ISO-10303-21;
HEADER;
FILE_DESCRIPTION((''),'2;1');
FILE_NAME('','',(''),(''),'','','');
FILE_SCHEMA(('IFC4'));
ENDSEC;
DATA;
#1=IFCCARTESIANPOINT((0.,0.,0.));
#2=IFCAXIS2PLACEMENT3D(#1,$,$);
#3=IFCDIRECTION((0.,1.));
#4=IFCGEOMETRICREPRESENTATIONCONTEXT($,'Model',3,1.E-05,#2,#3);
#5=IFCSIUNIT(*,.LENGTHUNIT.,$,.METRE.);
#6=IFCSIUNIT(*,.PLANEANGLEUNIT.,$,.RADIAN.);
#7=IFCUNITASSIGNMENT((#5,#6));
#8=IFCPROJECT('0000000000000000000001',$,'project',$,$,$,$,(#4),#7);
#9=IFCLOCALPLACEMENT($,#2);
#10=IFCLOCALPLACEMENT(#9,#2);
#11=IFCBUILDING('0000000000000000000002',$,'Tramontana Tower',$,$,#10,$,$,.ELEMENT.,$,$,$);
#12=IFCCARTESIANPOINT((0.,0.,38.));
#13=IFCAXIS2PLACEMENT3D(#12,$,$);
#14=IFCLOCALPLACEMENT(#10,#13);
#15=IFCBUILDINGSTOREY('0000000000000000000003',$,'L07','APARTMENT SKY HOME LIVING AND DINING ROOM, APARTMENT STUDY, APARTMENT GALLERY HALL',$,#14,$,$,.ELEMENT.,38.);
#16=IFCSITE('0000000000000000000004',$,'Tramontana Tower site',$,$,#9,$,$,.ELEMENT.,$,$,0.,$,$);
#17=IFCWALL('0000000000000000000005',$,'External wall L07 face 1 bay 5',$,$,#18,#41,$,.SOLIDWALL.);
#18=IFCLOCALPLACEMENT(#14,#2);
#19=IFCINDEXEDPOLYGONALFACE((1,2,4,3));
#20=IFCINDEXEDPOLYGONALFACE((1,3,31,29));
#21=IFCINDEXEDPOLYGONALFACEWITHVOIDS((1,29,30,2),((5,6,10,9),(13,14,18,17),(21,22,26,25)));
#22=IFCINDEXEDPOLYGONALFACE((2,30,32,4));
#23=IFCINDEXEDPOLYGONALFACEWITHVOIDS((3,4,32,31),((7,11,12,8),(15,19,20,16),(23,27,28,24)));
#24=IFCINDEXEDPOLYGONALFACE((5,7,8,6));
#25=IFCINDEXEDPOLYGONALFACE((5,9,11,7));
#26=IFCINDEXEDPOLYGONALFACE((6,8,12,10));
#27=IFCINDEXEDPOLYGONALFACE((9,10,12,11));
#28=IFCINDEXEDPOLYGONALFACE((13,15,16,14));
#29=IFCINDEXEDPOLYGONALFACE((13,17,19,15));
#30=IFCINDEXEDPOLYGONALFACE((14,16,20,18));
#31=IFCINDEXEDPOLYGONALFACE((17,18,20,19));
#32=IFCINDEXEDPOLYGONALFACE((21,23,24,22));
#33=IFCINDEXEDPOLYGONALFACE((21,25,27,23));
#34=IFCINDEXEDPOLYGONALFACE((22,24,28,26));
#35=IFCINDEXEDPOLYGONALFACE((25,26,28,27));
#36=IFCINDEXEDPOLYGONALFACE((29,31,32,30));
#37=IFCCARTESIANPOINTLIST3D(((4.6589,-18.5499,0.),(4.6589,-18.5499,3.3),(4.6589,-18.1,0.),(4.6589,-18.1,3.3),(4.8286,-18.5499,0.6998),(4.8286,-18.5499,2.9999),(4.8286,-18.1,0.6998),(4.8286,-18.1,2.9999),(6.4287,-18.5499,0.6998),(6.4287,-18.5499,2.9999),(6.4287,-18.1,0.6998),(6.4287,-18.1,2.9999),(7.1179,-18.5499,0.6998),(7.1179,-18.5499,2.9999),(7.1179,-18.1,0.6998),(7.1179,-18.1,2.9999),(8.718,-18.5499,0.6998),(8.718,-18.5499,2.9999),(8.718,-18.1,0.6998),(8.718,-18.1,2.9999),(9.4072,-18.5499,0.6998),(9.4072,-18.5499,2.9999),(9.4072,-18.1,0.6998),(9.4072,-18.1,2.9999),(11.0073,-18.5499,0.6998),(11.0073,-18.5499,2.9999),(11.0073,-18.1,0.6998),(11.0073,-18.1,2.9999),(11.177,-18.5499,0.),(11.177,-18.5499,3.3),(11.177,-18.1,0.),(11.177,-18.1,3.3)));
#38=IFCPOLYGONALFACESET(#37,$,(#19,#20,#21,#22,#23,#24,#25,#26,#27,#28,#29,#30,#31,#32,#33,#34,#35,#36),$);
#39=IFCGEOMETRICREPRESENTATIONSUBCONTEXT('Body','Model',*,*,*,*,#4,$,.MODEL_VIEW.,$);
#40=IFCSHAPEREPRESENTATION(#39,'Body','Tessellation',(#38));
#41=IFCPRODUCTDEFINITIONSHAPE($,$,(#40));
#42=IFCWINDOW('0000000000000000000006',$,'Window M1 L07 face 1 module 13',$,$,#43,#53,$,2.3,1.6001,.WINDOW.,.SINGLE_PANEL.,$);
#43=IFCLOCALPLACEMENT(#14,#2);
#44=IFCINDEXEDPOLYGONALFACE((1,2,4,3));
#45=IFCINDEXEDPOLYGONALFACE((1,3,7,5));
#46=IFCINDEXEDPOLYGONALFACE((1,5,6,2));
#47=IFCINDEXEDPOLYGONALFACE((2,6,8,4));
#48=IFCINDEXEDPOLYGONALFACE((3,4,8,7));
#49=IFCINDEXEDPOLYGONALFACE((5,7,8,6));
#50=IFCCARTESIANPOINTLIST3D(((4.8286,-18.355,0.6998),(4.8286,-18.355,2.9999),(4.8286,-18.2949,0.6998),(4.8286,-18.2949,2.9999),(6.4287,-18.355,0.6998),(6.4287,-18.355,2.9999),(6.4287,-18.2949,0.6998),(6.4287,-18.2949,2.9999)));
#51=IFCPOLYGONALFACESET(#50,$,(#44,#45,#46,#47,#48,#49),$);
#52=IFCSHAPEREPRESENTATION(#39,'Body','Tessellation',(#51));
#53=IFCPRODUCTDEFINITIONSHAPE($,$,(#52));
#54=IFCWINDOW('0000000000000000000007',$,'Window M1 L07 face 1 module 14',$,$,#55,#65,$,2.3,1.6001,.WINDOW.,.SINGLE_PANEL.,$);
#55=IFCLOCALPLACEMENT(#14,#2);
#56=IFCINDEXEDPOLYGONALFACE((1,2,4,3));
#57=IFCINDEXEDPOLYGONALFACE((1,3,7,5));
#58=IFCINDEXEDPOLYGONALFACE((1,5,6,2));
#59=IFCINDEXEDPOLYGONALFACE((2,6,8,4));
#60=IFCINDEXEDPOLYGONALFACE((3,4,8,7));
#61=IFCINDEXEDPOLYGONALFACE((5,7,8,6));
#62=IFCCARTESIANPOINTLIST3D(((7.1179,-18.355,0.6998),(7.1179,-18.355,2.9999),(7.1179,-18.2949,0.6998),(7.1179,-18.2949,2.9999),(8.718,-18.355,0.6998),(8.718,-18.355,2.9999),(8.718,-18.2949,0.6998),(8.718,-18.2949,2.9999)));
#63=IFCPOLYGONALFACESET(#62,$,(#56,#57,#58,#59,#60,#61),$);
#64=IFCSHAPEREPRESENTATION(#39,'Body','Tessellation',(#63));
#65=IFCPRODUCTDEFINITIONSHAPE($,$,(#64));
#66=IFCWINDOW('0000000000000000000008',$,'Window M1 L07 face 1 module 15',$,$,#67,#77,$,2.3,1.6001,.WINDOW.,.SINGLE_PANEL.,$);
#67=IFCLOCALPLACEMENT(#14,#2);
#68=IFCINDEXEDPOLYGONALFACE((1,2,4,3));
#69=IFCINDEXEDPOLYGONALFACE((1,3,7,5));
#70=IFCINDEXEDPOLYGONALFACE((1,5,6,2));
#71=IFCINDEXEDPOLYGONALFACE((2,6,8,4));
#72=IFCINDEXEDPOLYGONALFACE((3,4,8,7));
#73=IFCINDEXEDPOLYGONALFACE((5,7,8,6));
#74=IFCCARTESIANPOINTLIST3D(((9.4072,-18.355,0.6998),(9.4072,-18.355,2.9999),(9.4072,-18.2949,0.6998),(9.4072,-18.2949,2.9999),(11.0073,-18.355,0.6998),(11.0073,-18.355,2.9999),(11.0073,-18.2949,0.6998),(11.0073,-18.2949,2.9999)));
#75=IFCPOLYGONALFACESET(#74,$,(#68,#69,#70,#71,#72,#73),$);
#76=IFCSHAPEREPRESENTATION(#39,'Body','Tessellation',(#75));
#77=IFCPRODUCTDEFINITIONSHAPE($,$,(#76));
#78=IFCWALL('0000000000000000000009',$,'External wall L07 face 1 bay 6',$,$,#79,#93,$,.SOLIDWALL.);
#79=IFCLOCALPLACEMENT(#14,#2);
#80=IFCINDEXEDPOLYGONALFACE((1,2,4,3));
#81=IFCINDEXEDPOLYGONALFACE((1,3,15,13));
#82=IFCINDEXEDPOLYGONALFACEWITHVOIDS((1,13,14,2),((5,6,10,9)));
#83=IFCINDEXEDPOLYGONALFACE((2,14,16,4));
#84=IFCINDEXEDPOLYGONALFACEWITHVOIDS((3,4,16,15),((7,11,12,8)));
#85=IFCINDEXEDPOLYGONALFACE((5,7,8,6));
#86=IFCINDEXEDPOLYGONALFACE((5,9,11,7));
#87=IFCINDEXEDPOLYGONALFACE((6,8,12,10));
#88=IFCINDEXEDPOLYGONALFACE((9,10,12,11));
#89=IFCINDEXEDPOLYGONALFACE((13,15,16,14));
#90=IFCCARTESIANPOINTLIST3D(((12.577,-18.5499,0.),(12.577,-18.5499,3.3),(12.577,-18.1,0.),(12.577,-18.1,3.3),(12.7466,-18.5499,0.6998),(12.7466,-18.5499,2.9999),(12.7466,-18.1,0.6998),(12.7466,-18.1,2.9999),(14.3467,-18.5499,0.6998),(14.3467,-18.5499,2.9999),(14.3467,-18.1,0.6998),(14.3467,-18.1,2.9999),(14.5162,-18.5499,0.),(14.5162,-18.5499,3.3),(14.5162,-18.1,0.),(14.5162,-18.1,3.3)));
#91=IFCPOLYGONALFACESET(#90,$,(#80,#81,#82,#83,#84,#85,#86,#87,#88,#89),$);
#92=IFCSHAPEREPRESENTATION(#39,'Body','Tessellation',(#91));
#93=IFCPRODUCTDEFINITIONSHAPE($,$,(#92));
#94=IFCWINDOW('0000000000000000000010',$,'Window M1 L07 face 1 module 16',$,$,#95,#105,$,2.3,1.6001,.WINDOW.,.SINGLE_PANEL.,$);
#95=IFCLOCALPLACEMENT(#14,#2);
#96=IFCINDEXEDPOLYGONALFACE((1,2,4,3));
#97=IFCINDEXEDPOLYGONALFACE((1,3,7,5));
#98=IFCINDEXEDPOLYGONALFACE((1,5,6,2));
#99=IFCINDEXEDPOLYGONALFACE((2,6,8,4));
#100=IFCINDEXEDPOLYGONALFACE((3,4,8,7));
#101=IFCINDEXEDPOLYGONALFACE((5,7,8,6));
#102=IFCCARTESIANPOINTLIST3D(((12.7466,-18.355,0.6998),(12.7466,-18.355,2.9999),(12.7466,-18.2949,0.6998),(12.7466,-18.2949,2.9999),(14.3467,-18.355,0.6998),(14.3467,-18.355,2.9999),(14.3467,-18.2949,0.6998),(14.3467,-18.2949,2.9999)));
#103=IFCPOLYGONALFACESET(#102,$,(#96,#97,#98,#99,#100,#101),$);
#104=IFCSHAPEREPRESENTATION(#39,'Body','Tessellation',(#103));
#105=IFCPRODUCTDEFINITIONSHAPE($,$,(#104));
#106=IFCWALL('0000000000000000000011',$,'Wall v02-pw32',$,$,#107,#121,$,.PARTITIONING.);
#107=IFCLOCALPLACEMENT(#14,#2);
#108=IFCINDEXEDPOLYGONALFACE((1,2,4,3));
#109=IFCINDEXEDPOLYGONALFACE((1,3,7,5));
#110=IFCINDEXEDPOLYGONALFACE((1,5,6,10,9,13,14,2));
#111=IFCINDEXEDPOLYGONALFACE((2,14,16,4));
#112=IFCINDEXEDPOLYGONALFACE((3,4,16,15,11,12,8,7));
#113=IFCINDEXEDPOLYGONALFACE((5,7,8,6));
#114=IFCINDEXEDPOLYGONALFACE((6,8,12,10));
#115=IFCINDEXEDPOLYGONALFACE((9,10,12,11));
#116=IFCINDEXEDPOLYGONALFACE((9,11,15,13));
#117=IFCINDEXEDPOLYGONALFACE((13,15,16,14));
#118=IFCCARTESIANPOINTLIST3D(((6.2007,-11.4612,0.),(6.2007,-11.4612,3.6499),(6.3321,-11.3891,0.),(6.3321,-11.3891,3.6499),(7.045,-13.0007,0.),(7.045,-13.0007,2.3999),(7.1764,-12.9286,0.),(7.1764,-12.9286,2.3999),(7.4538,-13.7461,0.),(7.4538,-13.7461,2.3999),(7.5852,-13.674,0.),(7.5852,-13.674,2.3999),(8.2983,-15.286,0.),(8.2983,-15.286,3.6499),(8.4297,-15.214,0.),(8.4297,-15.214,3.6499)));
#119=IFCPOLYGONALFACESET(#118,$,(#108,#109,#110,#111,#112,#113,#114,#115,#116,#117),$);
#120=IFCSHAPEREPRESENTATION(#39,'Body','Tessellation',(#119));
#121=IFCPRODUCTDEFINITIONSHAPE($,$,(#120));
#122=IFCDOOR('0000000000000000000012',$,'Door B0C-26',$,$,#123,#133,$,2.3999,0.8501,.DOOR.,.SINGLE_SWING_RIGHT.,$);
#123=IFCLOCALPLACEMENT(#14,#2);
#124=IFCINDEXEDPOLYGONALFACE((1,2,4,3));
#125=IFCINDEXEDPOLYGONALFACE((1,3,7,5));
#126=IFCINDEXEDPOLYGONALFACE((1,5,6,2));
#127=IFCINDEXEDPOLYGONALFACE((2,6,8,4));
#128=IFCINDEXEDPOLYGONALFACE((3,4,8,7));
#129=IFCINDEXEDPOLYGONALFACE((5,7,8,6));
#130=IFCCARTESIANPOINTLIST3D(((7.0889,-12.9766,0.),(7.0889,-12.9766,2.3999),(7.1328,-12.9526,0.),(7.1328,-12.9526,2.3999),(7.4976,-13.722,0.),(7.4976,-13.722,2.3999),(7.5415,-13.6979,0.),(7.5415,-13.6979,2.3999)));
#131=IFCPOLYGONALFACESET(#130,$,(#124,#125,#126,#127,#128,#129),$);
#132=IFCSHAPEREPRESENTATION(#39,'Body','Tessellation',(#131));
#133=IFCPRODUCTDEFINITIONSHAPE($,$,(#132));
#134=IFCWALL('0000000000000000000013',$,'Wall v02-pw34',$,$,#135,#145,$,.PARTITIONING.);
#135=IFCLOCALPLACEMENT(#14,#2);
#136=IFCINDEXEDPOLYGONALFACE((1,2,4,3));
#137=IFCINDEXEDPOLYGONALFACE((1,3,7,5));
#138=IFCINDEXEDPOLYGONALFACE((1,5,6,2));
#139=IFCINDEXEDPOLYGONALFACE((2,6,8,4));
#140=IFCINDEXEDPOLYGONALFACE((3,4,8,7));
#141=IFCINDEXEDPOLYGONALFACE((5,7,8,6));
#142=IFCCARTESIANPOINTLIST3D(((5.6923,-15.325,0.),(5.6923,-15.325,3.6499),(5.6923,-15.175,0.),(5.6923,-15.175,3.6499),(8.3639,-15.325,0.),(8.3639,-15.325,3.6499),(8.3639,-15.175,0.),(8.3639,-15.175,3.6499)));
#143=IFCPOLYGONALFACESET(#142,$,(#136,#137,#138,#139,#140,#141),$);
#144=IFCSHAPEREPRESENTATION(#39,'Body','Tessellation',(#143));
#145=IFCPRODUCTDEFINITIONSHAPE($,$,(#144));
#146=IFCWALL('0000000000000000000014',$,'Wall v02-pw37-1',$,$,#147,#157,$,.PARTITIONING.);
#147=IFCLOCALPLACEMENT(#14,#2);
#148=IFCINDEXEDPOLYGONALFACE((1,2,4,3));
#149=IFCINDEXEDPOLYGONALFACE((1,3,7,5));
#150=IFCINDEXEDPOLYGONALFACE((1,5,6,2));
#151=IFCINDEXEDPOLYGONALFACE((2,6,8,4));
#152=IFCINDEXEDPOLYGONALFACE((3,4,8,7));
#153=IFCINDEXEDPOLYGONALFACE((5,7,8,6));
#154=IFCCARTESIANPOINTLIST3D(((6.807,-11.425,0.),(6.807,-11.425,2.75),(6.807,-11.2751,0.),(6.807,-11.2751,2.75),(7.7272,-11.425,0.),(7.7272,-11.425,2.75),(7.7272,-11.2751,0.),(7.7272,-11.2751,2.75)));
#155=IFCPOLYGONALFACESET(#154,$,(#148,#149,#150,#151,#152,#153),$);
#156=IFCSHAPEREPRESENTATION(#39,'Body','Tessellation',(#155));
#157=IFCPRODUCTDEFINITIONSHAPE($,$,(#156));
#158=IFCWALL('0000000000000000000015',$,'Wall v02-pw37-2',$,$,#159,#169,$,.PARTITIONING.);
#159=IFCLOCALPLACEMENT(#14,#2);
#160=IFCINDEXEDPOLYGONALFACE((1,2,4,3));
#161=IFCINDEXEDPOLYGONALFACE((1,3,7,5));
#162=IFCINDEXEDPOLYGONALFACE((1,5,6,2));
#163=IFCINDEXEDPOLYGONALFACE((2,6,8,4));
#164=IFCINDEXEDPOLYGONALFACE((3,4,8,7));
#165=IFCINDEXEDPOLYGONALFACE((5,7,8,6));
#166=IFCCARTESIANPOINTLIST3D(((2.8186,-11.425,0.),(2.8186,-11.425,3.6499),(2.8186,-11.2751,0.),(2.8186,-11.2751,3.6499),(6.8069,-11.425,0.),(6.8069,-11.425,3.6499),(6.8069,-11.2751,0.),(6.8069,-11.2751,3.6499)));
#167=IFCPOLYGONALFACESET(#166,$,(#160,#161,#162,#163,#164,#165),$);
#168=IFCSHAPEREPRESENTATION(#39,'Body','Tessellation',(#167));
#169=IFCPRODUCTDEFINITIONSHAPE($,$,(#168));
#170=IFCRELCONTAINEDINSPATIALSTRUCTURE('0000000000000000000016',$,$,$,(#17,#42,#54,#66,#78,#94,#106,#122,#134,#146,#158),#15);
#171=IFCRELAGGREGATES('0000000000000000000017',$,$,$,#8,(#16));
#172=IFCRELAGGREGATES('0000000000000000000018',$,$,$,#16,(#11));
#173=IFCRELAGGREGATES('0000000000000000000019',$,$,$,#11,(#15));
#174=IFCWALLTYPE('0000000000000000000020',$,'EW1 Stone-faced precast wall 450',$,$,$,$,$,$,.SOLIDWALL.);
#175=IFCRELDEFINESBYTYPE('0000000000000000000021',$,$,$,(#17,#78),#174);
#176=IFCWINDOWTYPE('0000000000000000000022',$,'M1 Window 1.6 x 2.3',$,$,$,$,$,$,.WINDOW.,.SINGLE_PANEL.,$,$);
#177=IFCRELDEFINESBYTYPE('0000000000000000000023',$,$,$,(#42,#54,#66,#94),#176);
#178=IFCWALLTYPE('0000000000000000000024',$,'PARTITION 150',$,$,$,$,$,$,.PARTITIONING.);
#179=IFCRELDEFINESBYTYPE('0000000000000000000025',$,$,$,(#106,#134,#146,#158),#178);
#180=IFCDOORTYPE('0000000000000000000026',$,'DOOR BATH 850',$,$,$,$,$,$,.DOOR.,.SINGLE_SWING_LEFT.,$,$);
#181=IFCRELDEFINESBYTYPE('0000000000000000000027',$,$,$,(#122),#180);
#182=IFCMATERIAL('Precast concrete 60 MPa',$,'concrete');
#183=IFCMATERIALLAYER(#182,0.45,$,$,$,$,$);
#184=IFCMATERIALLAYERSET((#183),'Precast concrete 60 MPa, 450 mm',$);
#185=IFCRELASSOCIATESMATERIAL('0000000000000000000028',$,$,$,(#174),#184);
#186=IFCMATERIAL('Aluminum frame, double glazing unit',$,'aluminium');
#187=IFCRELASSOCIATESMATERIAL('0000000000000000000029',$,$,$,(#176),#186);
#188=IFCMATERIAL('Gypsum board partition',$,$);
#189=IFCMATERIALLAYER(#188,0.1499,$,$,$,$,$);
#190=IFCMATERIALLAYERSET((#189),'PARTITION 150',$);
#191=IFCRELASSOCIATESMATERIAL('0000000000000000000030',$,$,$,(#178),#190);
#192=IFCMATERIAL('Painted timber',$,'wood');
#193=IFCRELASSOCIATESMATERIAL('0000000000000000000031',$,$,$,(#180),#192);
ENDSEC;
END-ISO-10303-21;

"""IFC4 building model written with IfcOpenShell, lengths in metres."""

from ifc_helpers import new_model, si_unit, direction, frame, frame_2d, origin, place, context, subcontext, project, spatial, rectangle, extrude, material, layer, layer_set, type_object, element, fill, save


model = new_model("IFC4")

# Units and contexts
model_context = context("Model", 3, precision=1e-05, world=origin(), true_north=direction((0.0, 1.0)))
body_context = subcontext(model_context, "Body", "Model", "MODEL_VIEW")
ifc_project = project(units=[si_unit("LENGTHUNIT", "METRE"), si_unit("PLANEANGLEUNIT", "RADIAN")], contexts=[model_context])

# Site, building, storey
site_placement = place(None, origin())
site = spatial("IfcSite", under=ifc_project, at=site_placement, Name="Tramontana Tower site", CompositionType="ELEMENT", RefElevation=0.0)
building_placement = place(site_placement, origin())
building = spatial("IfcBuilding", under=site, at=building_placement, Name="Tramontana Tower", CompositionType="ELEMENT")
storey_placement = place(building_placement, frame((0.0, 0.0, 38.0)))
storey = spatial("IfcBuildingStorey", under=building, at=storey_placement, Name="L07", Description="APARTMENT SKY HOME LIVING AND DINING ROOM, APARTMENT STUDY, APARTMENT GALLERY HALL", CompositionType="ELEMENT", Elevation=38.0)

# Wall, openings, windows
ifc_material_1 = material(Name="Precast concrete 60 MPa", Category="concrete")
ifc_layer_1 = layer(ifc_material_1, 0.45)
ifc_layer_set_1 = layer_set([ifc_layer_1], Name="Precast concrete 60 MPa, 450 mm")
wall_type_1 = type_object("IfcWallType", Name="EW1 Stone-faced precast wall 450", PredefinedType="SOLIDWALL", material=ifc_layer_set_1)
wall_1_placement = place(storey_placement, frame((4.6589, -18.325, 0.0), z_axis=(0.0, 0.0, 1.0), x_axis=(1.0, 0.0, 0.0)))
wall_1 = element("IfcWall", 1, at=wall_1_placement, inside=storey, type_object=wall_type_1, Name="External wall L07 face 1 bay 5", PredefinedType="SOLIDWALL", context=body_context, shape_type="SweptSolid", body=[
    extrude(rectangle(XDim=6.5181, YDim=0.45, at=frame_2d((3.259, 0.0))), origin(), (0.0, 0.0, 1.0), 3.3),
])
opening_1_placement = place(wall_1_placement, frame((0.1697, 0.0, 0.7)))
opening_1 = element("IfcOpeningElement", 2, at=opening_1_placement, cuts=wall_1, PredefinedType="OPENING", context=body_context, shape_type="SweptSolid", body=[
    extrude(rectangle(XDim=1.6001, YDim=2.3, at=frame_2d((0.8, 1.1499))), frame((0.0, 0.2349, 0.0), z_axis=(0.0, -1.0, 0.0), x_axis=(1.0, 0.0, 0.0)), (0.0, 0.0, 1.0), 0.47),
])
opening_2_placement = place(wall_1_placement, frame((2.459, 0.0, 0.7)))
opening_2 = element("IfcOpeningElement", 3, at=opening_2_placement, cuts=wall_1, PredefinedType="OPENING", context=body_context, shape_type="SweptSolid", body=[
    extrude(rectangle(XDim=1.6001, YDim=2.3, at=frame_2d((0.8, 1.1499))), frame((0.0, 0.2349, 0.0), z_axis=(0.0, -1.0, 0.0), x_axis=(1.0, 0.0, 0.0)), (0.0, 0.0, 1.0), 0.47),
])
opening_3_placement = place(wall_1_placement, frame((4.7483, 0.0, 0.7)))
opening_3 = element("IfcOpeningElement", 4, at=opening_3_placement, cuts=wall_1, PredefinedType="OPENING", context=body_context, shape_type="SweptSolid", body=[
    extrude(rectangle(XDim=1.6001, YDim=2.3, at=frame_2d((0.8, 1.1499))), frame((0.0, 0.2349, 0.0), z_axis=(0.0, -1.0, 0.0), x_axis=(1.0, 0.0, 0.0)), (0.0, 0.0, 1.0), 0.47),
])
ifc_material_2 = material(Name="Aluminum frame, double glazing unit", Category="aluminium")
window_type = type_object("IfcWindowType", Name="M1 Window 1.6 x 2.3", PartitioningType="SINGLE_PANEL", PredefinedType="WINDOW", material=ifc_material_2)
window_1_placement = place(opening_1_placement, origin())
window_1 = element("IfcWindow", 5, at=window_1_placement, inside=storey, type_object=window_type, Name="Window M1 L07 face 1 module 13", OverallHeight=2.3, OverallWidth=1.6001, PartitioningType="SINGLE_PANEL", PredefinedType="WINDOW", context=body_context, shape_type="SweptSolid", body=[
    extrude(rectangle(XDim=1.6001, YDim=2.3, at=frame_2d((0.8, 1.1499))), frame((0.0, 0.03, 0.0), z_axis=(0.0, -1.0, 0.0), x_axis=(1.0, 0.0, 0.0)), (0.0, 0.0, 1.0), 0.0601),
])
fill(opening_1, window_1)
window_2_placement = place(opening_2_placement, origin())
window_2 = element("IfcWindow", 6, at=window_2_placement, inside=storey, type_object=window_type, Name="Window M1 L07 face 1 module 14", OverallHeight=2.3, OverallWidth=1.6001, PartitioningType="SINGLE_PANEL", PredefinedType="WINDOW", context=body_context, shape_type="SweptSolid", body=[
    extrude(rectangle(XDim=1.6001, YDim=2.3, at=frame_2d((0.8, 1.1499))), frame((0.0, 0.03, 0.0), z_axis=(0.0, -1.0, 0.0), x_axis=(1.0, 0.0, 0.0)), (0.0, 0.0, 1.0), 0.0601),
])
fill(opening_2, window_2)
window_3_placement = place(opening_3_placement, origin())
window_3 = element("IfcWindow", 7, at=window_3_placement, inside=storey, type_object=window_type, Name="Window M1 L07 face 1 module 15", OverallHeight=2.3, OverallWidth=1.6001, PartitioningType="SINGLE_PANEL", PredefinedType="WINDOW", context=body_context, shape_type="SweptSolid", body=[
    extrude(rectangle(XDim=1.6001, YDim=2.3, at=frame_2d((0.8, 1.1499))), frame((0.0, 0.03, 0.0), z_axis=(0.0, -1.0, 0.0), x_axis=(1.0, 0.0, 0.0)), (0.0, 0.0, 1.0), 0.0601),
])
fill(opening_3, window_3)

# Wall, opening, window
wall_2_placement = place(storey_placement, frame((12.5769, -18.325, 0.0), z_axis=(0.0, 0.0, 1.0), x_axis=(1.0, 0.0, 0.0)))
wall_2 = element("IfcWall", 8, at=wall_2_placement, inside=storey, type_object=wall_type_1, Name="External wall L07 face 1 bay 6", PredefinedType="SOLIDWALL", context=body_context, shape_type="SweptSolid", body=[
    extrude(rectangle(XDim=1.9392, YDim=0.45, at=frame_2d((0.9697, 0.0))), origin(), (0.0, 0.0, 1.0), 3.3),
])
opening_4_placement = place(wall_2_placement, frame((0.1697, 0.0, 0.7)))
opening_4 = element("IfcOpeningElement", 9, at=opening_4_placement, cuts=wall_2, PredefinedType="OPENING", context=body_context, shape_type="SweptSolid", body=[
    extrude(rectangle(XDim=1.6001, YDim=2.3, at=frame_2d((0.8, 1.1499))), frame((0.0, 0.2349, 0.0), z_axis=(0.0, -1.0, 0.0), x_axis=(1.0, 0.0, 0.0)), (0.0, 0.0, 1.0), 0.47),
])
window_4_placement = place(opening_4_placement, origin())
window_4 = element("IfcWindow", 10, at=window_4_placement, inside=storey, type_object=window_type, Name="Window M1 L07 face 1 module 16", OverallHeight=2.3, OverallWidth=1.6001, PartitioningType="SINGLE_PANEL", PredefinedType="WINDOW", context=body_context, shape_type="SweptSolid", body=[
    extrude(rectangle(XDim=1.6001, YDim=2.3, at=frame_2d((0.8, 1.1499))), frame((0.0, 0.03, 0.0), z_axis=(0.0, -1.0, 0.0), x_axis=(1.0, 0.0, 0.0)), (0.0, 0.0, 1.0), 0.0601),
])
fill(opening_4, window_4)

# Wall, opening, door
ifc_material_3 = material(Name="Gypsum board partition")
ifc_layer_2 = layer(ifc_material_3, 0.1499)
ifc_layer_set_2 = layer_set([ifc_layer_2], Name="PARTITION 150")
wall_type_2 = type_object("IfcWallType", Name="PARTITION 150", PredefinedType="PARTITIONING", material=ifc_layer_set_2)
wall_3_placement = place(storey_placement, frame((8.364, -15.25, 0.0), z_axis=(0.0, 0.0, 1.0), x_axis=(-0.480851, 0.876803, 0.0)))
wall_3 = element("IfcWall", 11, at=wall_3_placement, inside=storey, type_object=wall_type_2, Name="Wall v02-pw32", PredefinedType="PARTITIONING", context=body_context, shape_type="SweptSolid", body=[
    extrude(rectangle(XDim=4.3623, YDim=0.1499, at=frame_2d((2.1812, 0.0))), origin(), (0.0, 0.0, 1.0), 3.6499),
])
opening_5_placement = place(wall_3_placement, frame((1.7563, 0.0, 0.0)))
opening_5 = element("IfcOpeningElement", 12, at=opening_5_placement, cuts=wall_3, PredefinedType="OPENING", context=body_context, shape_type="SweptSolid", body=[
    extrude(rectangle(XDim=0.8501, YDim=2.3999, at=frame_2d((0.425, 1.2))), frame((0.0, 0.085, 0.0), z_axis=(0.0, -1.0, 0.0), x_axis=(1.0, 0.0, 0.0)), (0.0, 0.0, 1.0), 0.1699),
])
ifc_material_4 = material(Name="Painted timber", Category="wood")
door_type_1 = type_object("IfcDoorType", Name="DOOR BATH 850", OperationType="SINGLE_SWING_LEFT", PredefinedType="DOOR", material=ifc_material_4)
door_1_placement = place(opening_5_placement, origin())
door_1 = element("IfcDoor", 13, at=door_1_placement, inside=storey, type_object=door_type_1, Name="Door B0C-26", OperationType="SINGLE_SWING_RIGHT", OverallHeight=2.3999, OverallWidth=0.8501, PredefinedType="DOOR", context=body_context, shape_type="SweptSolid", body=[
    extrude(rectangle(XDim=0.8501, YDim=2.3999, at=frame_2d((0.425, 1.2))), frame((0.0, 0.0249, 0.0), z_axis=(0.0, -1.0, 0.0), x_axis=(1.0, 0.0, 0.0)), (0.0, 0.0, 1.0), 0.05),
])
fill(opening_5, door_1)

# Wall
wall_4_placement = place(storey_placement, frame((8.364, -15.25, 0.0), z_axis=(0.0, 0.0, 1.0), x_axis=(-1.0, 0.0, 0.0)))
element("IfcWall", 14, at=wall_4_placement, inside=storey, type_object=wall_type_2, Name="Wall v02-pw34", PredefinedType="PARTITIONING", context=body_context, shape_type="SweptSolid", body=[
    extrude(rectangle(XDim=2.6716, YDim=0.1499, at=frame_2d((1.3359, 0.0))), origin(), (0.0, 0.0, 1.0), 3.6499),
])

# Walls
wall_5_placement = place(storey_placement, frame((7.7271, -11.3501, 0.0), z_axis=(0.0, 0.0, 1.0), x_axis=(-1.0, 0.0, 0.0)))
element("IfcWall", 15, at=wall_5_placement, inside=storey, type_object=wall_type_2, Name="Wall v02-pw37-1", PredefinedType="PARTITIONING", context=body_context, shape_type="SweptSolid", body=[
    extrude(rectangle(XDim=0.9202, YDim=0.1499, at=frame_2d((0.46, 0.0))), origin(), (0.0, 0.0, 1.0), 2.75),
])
wall_6_placement = place(storey_placement, frame((6.8069, -11.3501, 0.0), z_axis=(0.0, 0.0, 1.0), x_axis=(-1.0, 0.0, 0.0)))
element("IfcWall", 16, at=wall_6_placement, inside=storey, type_object=wall_type_2, Name="Wall v02-pw37-2", PredefinedType="PARTITIONING", context=body_context, shape_type="SweptSolid", body=[
    extrude(rectangle(XDim=3.9883, YDim=0.1499, at=frame_2d((1.9941, 0.0))), origin(), (0.0, 0.0, 1.0), 3.6499),
])

save(model, "model.ifc")
